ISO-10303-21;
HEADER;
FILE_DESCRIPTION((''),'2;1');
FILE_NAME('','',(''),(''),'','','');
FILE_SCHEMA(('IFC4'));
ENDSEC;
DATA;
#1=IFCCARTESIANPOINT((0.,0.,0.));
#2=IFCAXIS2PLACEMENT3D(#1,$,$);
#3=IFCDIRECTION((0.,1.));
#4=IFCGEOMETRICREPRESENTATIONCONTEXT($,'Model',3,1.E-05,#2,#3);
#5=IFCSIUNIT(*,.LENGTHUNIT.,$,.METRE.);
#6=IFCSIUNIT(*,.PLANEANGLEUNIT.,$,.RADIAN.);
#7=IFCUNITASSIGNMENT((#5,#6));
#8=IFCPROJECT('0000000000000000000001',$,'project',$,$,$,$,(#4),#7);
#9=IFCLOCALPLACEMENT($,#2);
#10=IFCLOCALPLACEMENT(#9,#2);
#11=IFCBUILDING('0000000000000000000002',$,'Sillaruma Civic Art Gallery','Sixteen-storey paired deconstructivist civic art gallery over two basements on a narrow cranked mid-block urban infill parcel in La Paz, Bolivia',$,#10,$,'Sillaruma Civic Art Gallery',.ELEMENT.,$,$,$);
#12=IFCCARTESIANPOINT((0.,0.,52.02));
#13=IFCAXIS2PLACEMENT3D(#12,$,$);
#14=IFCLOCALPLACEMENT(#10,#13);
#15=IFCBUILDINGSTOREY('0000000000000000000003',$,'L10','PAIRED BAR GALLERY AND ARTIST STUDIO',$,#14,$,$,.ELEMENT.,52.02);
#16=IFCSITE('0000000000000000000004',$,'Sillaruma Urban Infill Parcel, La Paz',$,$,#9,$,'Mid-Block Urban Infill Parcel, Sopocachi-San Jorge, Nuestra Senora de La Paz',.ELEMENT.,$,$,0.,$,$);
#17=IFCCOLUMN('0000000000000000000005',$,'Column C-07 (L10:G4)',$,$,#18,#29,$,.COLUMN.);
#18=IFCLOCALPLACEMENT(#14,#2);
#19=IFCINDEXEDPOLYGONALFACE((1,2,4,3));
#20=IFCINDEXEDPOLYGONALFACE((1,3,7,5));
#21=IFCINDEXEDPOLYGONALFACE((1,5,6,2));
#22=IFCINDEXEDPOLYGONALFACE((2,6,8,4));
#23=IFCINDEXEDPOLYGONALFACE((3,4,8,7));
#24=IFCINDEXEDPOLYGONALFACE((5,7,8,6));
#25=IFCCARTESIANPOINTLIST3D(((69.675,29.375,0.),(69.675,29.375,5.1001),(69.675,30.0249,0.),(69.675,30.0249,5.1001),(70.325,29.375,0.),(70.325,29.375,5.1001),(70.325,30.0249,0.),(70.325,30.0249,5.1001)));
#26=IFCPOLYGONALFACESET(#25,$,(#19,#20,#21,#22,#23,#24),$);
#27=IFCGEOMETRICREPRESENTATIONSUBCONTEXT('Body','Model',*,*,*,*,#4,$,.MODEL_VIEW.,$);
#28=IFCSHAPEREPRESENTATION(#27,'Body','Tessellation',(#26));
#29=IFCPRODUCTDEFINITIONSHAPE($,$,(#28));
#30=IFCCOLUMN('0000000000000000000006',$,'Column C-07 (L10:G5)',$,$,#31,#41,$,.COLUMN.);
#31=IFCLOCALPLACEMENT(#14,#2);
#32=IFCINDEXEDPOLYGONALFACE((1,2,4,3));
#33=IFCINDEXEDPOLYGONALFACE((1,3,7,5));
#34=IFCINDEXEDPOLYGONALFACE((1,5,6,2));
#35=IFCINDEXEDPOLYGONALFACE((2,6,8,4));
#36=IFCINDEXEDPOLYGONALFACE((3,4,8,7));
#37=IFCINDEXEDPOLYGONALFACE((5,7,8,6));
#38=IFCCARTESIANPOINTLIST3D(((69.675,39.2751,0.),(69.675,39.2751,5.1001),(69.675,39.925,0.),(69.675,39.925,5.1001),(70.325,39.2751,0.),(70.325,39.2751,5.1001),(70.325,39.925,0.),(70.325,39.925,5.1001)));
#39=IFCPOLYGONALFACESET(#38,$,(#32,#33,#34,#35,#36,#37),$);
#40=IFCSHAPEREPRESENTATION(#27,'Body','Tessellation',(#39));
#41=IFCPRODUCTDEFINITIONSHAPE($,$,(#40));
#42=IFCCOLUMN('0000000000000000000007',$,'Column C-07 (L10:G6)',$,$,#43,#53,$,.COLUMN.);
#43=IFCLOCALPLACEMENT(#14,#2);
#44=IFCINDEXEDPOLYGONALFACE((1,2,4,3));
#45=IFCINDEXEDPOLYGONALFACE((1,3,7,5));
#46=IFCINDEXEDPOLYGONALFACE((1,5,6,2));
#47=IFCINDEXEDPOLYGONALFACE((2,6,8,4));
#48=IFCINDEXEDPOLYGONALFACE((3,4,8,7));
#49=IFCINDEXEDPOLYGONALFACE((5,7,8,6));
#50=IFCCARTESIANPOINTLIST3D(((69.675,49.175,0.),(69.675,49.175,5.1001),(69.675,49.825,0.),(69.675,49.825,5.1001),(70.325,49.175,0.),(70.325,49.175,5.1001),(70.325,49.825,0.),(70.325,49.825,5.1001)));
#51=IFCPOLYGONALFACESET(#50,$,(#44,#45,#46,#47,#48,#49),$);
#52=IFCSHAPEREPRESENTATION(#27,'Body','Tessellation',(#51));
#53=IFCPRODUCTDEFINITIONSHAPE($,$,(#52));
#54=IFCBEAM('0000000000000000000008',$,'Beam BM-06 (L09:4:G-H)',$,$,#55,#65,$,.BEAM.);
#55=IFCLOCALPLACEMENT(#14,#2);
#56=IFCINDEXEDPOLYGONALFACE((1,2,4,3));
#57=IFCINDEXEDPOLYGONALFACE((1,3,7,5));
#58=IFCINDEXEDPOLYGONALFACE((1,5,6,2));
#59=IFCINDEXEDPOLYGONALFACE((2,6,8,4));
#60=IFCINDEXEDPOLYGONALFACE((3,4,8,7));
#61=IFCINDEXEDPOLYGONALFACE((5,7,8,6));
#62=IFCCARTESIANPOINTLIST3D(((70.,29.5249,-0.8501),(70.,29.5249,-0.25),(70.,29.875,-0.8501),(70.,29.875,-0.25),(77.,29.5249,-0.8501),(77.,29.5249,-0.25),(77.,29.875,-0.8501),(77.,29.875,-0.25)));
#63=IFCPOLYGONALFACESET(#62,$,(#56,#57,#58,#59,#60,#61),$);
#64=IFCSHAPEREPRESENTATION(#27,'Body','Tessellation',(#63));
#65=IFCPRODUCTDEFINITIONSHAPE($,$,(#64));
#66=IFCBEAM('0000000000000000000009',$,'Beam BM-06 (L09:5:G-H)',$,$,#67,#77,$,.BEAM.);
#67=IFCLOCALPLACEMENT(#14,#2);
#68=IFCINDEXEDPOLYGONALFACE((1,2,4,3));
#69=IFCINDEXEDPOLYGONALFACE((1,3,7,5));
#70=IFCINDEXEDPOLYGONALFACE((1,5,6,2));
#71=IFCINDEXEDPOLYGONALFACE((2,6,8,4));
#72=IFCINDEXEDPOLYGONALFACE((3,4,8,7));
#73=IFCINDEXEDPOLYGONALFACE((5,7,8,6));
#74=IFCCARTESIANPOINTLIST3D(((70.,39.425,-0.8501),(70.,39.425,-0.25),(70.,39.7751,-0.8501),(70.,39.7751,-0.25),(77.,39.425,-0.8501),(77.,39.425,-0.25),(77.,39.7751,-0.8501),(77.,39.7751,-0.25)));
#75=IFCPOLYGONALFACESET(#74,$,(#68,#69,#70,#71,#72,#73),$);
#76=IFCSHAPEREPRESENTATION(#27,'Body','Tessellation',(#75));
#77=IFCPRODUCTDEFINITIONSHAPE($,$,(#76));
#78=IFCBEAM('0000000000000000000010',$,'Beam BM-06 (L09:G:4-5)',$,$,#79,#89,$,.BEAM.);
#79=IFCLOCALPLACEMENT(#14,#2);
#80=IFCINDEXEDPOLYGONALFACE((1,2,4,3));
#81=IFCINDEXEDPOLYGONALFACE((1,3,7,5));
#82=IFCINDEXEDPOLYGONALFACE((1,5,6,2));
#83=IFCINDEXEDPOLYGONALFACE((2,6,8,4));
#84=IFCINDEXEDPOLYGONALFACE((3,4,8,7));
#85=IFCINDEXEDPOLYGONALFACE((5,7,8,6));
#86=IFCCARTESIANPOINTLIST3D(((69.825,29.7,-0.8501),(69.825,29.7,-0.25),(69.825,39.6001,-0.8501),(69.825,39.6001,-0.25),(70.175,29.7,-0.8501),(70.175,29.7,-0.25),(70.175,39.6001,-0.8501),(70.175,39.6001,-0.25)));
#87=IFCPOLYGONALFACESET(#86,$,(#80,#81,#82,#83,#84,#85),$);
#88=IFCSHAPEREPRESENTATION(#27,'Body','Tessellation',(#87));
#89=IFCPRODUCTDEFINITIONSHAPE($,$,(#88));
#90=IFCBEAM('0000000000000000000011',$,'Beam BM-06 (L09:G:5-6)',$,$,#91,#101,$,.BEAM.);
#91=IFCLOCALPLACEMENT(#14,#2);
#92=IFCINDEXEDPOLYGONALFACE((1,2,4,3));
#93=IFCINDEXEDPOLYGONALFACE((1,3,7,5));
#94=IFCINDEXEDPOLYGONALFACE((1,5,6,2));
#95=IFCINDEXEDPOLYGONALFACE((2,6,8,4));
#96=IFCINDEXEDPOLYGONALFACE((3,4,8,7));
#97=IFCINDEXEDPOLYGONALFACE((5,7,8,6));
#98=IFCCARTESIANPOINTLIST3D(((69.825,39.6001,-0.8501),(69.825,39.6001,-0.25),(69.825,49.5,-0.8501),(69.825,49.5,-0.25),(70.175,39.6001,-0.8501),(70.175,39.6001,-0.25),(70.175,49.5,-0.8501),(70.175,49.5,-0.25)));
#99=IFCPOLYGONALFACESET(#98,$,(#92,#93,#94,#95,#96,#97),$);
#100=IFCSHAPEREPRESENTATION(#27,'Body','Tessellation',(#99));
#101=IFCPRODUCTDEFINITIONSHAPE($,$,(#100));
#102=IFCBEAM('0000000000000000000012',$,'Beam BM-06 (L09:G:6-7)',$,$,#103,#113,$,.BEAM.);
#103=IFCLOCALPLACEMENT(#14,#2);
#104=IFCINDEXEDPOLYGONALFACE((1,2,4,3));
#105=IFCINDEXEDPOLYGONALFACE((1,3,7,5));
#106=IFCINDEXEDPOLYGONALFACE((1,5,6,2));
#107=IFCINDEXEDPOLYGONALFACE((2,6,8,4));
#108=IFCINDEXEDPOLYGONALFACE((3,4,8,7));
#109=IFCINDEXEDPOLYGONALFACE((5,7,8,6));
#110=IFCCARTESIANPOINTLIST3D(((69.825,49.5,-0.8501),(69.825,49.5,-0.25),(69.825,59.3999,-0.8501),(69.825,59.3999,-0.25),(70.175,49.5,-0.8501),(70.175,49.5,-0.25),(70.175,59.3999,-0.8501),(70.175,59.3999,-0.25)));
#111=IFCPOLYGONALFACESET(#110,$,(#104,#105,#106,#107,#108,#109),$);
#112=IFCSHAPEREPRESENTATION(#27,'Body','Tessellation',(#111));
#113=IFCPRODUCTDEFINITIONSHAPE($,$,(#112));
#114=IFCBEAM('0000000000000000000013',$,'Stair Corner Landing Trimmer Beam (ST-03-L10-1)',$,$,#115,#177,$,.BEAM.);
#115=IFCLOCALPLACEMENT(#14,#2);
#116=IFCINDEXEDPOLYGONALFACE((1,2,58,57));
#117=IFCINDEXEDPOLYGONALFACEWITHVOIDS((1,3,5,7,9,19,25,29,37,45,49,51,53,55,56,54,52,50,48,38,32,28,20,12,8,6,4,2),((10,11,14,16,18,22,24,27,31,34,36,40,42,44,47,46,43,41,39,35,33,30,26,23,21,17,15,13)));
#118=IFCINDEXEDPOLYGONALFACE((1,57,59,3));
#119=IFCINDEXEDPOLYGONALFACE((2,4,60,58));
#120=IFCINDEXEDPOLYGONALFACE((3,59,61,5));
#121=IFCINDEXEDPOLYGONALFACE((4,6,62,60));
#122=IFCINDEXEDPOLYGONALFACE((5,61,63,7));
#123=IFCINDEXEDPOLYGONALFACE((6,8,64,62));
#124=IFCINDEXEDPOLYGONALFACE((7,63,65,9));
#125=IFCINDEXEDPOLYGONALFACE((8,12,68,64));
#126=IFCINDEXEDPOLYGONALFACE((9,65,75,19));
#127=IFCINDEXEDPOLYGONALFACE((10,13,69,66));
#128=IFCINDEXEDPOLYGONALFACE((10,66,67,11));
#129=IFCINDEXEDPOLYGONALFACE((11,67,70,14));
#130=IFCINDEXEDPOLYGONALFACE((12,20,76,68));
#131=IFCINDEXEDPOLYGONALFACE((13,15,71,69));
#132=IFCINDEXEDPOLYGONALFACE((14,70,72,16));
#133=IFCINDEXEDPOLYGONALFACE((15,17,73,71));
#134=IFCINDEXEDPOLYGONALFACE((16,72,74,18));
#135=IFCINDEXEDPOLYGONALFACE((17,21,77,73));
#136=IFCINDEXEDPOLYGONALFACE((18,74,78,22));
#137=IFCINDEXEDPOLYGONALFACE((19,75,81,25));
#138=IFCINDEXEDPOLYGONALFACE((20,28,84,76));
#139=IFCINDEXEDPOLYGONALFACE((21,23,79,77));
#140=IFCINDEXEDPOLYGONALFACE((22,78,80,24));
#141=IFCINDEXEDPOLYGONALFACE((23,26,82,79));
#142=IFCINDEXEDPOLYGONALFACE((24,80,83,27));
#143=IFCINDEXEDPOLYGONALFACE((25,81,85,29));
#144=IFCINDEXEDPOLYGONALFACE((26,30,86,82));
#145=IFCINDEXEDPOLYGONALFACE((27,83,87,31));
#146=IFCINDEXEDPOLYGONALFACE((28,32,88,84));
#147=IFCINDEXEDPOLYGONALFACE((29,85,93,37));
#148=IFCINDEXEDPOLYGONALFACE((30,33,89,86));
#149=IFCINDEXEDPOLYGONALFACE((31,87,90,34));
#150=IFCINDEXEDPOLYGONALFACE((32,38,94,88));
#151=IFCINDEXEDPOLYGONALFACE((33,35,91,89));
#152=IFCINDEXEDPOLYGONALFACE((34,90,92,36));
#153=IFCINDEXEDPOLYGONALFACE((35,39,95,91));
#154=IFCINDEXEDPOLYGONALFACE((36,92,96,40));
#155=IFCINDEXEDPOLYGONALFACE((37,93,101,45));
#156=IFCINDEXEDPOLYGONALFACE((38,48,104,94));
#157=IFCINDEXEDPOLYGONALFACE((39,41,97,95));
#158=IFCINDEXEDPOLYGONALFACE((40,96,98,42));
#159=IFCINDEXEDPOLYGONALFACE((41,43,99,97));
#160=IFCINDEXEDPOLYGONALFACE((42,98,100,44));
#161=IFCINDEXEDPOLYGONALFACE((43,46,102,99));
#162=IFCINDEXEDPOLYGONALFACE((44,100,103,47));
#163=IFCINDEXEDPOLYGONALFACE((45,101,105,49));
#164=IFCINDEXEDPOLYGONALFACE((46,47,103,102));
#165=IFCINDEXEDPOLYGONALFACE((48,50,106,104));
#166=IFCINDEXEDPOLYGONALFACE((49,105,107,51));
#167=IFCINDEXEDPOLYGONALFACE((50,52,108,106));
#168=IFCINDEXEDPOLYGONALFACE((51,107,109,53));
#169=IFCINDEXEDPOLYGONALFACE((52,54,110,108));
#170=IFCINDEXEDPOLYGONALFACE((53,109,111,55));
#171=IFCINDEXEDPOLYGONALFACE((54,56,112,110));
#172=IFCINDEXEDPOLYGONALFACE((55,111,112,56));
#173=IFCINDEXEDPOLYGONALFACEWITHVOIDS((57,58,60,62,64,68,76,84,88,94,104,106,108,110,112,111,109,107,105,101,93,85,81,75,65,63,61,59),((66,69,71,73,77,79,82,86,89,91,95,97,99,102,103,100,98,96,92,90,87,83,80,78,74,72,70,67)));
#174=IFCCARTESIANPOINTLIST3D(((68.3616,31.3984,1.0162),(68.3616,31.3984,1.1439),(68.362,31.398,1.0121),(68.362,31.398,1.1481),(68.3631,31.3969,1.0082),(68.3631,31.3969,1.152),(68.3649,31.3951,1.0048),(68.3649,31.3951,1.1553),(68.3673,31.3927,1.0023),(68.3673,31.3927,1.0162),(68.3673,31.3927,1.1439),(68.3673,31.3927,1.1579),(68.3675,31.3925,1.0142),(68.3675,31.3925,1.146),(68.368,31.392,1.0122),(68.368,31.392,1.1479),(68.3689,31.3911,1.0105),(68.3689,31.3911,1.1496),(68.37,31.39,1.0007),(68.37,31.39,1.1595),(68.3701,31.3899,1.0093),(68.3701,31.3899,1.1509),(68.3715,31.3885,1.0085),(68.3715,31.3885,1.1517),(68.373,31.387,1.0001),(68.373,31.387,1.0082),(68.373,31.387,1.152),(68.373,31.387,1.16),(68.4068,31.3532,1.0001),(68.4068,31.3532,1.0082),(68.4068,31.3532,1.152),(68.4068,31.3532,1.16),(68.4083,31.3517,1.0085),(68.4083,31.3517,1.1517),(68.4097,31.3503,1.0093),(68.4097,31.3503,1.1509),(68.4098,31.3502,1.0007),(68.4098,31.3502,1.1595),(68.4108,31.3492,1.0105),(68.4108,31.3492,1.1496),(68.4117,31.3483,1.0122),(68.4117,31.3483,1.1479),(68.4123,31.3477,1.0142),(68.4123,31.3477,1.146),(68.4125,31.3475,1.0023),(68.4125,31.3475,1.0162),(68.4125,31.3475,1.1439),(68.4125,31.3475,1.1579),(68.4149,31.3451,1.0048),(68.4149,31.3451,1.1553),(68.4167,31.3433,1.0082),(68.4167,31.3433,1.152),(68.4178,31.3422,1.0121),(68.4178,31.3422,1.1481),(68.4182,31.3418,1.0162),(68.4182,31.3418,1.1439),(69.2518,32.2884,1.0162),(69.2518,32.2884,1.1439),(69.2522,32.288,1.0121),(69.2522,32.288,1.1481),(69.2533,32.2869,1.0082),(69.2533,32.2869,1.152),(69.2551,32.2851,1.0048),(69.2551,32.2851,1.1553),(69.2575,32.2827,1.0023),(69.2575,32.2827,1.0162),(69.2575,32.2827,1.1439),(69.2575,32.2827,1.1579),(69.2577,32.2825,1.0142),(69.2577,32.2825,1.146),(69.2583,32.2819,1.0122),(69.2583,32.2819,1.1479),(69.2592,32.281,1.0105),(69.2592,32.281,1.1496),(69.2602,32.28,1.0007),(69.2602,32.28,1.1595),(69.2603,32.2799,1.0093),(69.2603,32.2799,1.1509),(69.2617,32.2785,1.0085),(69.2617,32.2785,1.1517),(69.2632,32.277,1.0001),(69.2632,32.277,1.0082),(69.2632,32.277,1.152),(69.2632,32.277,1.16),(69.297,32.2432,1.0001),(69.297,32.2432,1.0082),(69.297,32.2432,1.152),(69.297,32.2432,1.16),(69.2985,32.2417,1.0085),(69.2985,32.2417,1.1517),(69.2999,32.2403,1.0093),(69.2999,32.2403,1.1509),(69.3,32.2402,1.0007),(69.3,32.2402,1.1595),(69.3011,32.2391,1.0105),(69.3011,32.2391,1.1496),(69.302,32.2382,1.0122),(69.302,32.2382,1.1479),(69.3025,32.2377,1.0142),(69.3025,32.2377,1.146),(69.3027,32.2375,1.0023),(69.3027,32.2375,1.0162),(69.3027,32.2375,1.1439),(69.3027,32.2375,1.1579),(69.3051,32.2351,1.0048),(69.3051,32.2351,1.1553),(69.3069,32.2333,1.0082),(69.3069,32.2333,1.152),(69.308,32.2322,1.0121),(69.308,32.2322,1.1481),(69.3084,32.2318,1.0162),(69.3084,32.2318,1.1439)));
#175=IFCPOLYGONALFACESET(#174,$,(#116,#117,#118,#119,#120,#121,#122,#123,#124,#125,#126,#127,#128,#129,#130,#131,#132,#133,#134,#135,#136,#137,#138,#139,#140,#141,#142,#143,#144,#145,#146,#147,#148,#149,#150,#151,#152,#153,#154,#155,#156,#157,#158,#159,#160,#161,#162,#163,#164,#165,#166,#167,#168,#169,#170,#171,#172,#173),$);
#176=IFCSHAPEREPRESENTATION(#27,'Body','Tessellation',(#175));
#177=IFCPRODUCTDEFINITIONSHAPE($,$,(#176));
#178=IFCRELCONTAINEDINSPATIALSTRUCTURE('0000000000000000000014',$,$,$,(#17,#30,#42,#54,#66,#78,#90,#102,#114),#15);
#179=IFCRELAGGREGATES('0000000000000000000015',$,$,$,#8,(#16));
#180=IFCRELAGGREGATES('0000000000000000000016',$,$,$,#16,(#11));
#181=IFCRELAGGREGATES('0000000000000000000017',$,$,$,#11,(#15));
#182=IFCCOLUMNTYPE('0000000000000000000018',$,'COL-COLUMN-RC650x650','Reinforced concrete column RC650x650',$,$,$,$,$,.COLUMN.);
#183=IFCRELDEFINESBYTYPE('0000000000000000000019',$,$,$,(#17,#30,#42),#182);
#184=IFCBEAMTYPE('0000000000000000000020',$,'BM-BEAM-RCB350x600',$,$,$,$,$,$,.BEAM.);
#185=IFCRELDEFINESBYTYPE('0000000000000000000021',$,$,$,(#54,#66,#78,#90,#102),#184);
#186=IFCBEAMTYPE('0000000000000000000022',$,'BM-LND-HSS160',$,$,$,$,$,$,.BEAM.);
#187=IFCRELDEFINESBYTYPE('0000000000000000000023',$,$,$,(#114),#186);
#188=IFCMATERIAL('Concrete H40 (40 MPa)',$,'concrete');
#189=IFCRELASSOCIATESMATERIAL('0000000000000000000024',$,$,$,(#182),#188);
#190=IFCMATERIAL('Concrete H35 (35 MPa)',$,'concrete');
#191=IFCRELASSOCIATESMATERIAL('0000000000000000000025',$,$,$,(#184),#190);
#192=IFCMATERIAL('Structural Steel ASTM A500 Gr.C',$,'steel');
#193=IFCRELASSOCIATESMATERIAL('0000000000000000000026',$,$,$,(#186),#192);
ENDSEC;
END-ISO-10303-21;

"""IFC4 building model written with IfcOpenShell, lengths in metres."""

from ifc_helpers import new_model, si_unit, direction, frame, origin, origin_2d, place, context, subcontext, project, spatial, rectangle, hollow_rectangle, extrude, material, material_profile, profile_set, type_object, element, save


model = new_model("IFC4")

# Units and contexts
model_context = context("Model", 3, precision=1e-05, world=origin(), true_north=direction((0.0, 1.0)))
body_context = subcontext(model_context, "Body", "Model", "MODEL_VIEW")
ifc_project = project(units=[si_unit("LENGTHUNIT", "METRE"), si_unit("PLANEANGLEUNIT", "RADIAN")], contexts=[model_context])

# Site, building, storey
site_placement = place(None, origin())
site = spatial("IfcSite", under=ifc_project, at=site_placement, Name="Sillaruma Urban Infill Parcel, La Paz", LongName="Mid-Block Urban Infill Parcel, Sopocachi-San Jorge, Nuestra Senora de La Paz", CompositionType="ELEMENT", RefElevation=0.0)
building_placement = place(site_placement, origin())
building = spatial("IfcBuilding", under=site, at=building_placement, Name="Sillaruma Civic Art Gallery", Description="Sixteen-storey paired deconstructivist civic art gallery over two basements on a narrow cranked mid-block urban infill parcel in La Paz, Bolivia", LongName="Sillaruma Civic Art Gallery", CompositionType="ELEMENT")
storey_placement = place(building_placement, frame((0.0, 0.0, 52.02)))
storey = spatial("IfcBuildingStorey", under=building, at=storey_placement, Name="L10", Description="PAIRED BAR GALLERY AND ARTIST STUDIO", CompositionType="ELEMENT", Elevation=52.02)

# Columns
ifc_material_1 = material(Name="Concrete H40 (40 MPa)", Category="concrete")
ifc_material_profile_1 = material_profile(ifc_material_1, rectangle(XDim=0.6499, YDim=0.6499, at=origin_2d()), Name="RC650x650")
ifc_profile_set_1 = profile_set([ifc_material_profile_1], Name="Concrete H40 (40 MPa)")
column_type = type_object("IfcColumnType", Name="COL-COLUMN-RC650x650", Description="Reinforced concrete column RC650x650", PredefinedType="COLUMN", material=ifc_profile_set_1)
for number, where, z_axis, x_axis, name in (
    (1, (70.0, 29.7, 0.0), (0.0, 0.0, 1.0), (1.0, 0.0, 0.0), "Column C-07 (L10:G4)"),
    (2, (70.0, 39.6001, 0.0), (0.0, 0.0, 1.0), (1.0, 0.0, 0.0), "Column C-07 (L10:G5)"),
    (3, (70.0, 49.5, 0.0), (0.0, 0.0, 1.0), (1.0, 0.0, 0.0), "Column C-07 (L10:G6)"),
):
    element("IfcColumn", number, at=place(storey_placement, frame(where, z_axis=z_axis, x_axis=x_axis)), inside=storey, type_object=column_type, Name=name, PredefinedType="COLUMN", context=body_context, shape_type="SweptSolid", body=[
        extrude(rectangle(XDim=0.6499, YDim=0.6499, at=origin_2d()), origin(), (0.0, 0.0, 1.0), 5.1001),
    ])

# Beams
ifc_material_2 = material(Name="Concrete H35 (35 MPa)", Category="concrete")
ifc_material_profile_2 = material_profile(ifc_material_2, rectangle(XDim=0.3501, YDim=0.6001, at=origin_2d()), Name="RCB350x600")
ifc_profile_set_2 = profile_set([ifc_material_profile_2], Name="Concrete H35 (35 MPa)")
beam_type_1 = type_object("IfcBeamType", Name="BM-BEAM-RCB350x600", PredefinedType="BEAM", material=ifc_profile_set_2)
for number, where, z_axis, x_axis, name in (
    (4, (70.0, 29.7, -0.55), (1.0, 0.0, 0.0), (0.0, 1.0, 0.0), "Beam BM-06 (L09:4:G-H)"),
    (5, (70.0, 39.6001, -0.55), (1.0, 0.0, 0.0), (0.0, 1.0, 0.0), "Beam BM-06 (L09:5:G-H)"),
):
    element("IfcBeam", number, at=place(storey_placement, frame(where, z_axis=z_axis, x_axis=x_axis)), inside=storey, type_object=beam_type_1, Name=name, PredefinedType="BEAM", context=body_context, shape_type="SweptSolid", body=[
        extrude(rectangle(XDim=0.3501, YDim=0.6001, at=origin_2d()), origin(), (0.0, 0.0, 1.0), 7.0),
    ])
beam_1_placement = place(storey_placement, frame((70.0, 29.7, -0.55), z_axis=(0.0, 1.0, 0.0), x_axis=(-1.0, 0.0, 0.0)))
element("IfcBeam", 6, at=beam_1_placement, inside=storey, type_object=beam_type_1, Name="Beam BM-06 (L09:G:4-5)", PredefinedType="BEAM", context=body_context, shape_type="SweptSolid", body=[
    extrude(rectangle(XDim=0.3501, YDim=0.6001, at=origin_2d()), origin(), (0.0, 0.0, 1.0), 9.9001),
])
for number, where, z_axis, x_axis, name in (
    (7, (70.0, 39.6001, -0.55), (0.0, 1.0, 0.0), (-1.0, 0.0, 0.0), "Beam BM-06 (L09:G:5-6)"),
    (8, (70.0, 49.5, -0.55), (0.0, 1.0, 0.0), (-1.0, 0.0, 0.0), "Beam BM-06 (L09:G:6-7)"),
):
    element("IfcBeam", number, at=place(storey_placement, frame(where, z_axis=z_axis, x_axis=x_axis)), inside=storey, type_object=beam_type_1, Name=name, PredefinedType="BEAM", context=body_context, shape_type="SweptSolid", body=[
        extrude(rectangle(XDim=0.3501, YDim=0.6001, at=origin_2d()), origin(), (0.0, 0.0, 1.0), 9.8999),
    ])
ifc_material_3 = material(Name="Structural Steel ASTM A500 Gr.C", Category="steel")
ifc_material_profile_3 = material_profile(ifc_material_3, hollow_rectangle(XDim=0.0801, YDim=0.1599, WallThickness=0.0081, InnerFilletRadius=0.0081, OuterFilletRadius=0.0161, at=origin_2d()), Name="HSS160x80x8")
ifc_profile_set_3 = profile_set([ifc_material_profile_3], Name="Structural Steel ASTM A500 Gr.C")
beam_type_2 = type_object("IfcBeamType", Name="BM-LND-HSS160", PredefinedType="BEAM", material=ifc_profile_set_3)
for number, where, z_axis, x_axis, name in (
    (9, (68.3899, 31.3701, 1.0801), (0.707204, 0.70701, 0.0), (-0.70701, 0.707204, 0.0), "Stair Corner Landing Trimmer Beam (ST-03-L10-1)"),
):
    element("IfcBeam", number, at=place(storey_placement, frame(where, z_axis=z_axis, x_axis=x_axis)), inside=storey, type_object=beam_type_2, Name=name, PredefinedType="BEAM", context=body_context, shape_type="SweptSolid", body=[
        extrude(hollow_rectangle(XDim=0.0801, YDim=0.1599, WallThickness=0.0081, InnerFilletRadius=0.0081, OuterFilletRadius=0.0161, at=origin_2d()), origin(), (0.0, 0.0, 1.0), 1.2588),
    ])

save(model, "model.ifc")
